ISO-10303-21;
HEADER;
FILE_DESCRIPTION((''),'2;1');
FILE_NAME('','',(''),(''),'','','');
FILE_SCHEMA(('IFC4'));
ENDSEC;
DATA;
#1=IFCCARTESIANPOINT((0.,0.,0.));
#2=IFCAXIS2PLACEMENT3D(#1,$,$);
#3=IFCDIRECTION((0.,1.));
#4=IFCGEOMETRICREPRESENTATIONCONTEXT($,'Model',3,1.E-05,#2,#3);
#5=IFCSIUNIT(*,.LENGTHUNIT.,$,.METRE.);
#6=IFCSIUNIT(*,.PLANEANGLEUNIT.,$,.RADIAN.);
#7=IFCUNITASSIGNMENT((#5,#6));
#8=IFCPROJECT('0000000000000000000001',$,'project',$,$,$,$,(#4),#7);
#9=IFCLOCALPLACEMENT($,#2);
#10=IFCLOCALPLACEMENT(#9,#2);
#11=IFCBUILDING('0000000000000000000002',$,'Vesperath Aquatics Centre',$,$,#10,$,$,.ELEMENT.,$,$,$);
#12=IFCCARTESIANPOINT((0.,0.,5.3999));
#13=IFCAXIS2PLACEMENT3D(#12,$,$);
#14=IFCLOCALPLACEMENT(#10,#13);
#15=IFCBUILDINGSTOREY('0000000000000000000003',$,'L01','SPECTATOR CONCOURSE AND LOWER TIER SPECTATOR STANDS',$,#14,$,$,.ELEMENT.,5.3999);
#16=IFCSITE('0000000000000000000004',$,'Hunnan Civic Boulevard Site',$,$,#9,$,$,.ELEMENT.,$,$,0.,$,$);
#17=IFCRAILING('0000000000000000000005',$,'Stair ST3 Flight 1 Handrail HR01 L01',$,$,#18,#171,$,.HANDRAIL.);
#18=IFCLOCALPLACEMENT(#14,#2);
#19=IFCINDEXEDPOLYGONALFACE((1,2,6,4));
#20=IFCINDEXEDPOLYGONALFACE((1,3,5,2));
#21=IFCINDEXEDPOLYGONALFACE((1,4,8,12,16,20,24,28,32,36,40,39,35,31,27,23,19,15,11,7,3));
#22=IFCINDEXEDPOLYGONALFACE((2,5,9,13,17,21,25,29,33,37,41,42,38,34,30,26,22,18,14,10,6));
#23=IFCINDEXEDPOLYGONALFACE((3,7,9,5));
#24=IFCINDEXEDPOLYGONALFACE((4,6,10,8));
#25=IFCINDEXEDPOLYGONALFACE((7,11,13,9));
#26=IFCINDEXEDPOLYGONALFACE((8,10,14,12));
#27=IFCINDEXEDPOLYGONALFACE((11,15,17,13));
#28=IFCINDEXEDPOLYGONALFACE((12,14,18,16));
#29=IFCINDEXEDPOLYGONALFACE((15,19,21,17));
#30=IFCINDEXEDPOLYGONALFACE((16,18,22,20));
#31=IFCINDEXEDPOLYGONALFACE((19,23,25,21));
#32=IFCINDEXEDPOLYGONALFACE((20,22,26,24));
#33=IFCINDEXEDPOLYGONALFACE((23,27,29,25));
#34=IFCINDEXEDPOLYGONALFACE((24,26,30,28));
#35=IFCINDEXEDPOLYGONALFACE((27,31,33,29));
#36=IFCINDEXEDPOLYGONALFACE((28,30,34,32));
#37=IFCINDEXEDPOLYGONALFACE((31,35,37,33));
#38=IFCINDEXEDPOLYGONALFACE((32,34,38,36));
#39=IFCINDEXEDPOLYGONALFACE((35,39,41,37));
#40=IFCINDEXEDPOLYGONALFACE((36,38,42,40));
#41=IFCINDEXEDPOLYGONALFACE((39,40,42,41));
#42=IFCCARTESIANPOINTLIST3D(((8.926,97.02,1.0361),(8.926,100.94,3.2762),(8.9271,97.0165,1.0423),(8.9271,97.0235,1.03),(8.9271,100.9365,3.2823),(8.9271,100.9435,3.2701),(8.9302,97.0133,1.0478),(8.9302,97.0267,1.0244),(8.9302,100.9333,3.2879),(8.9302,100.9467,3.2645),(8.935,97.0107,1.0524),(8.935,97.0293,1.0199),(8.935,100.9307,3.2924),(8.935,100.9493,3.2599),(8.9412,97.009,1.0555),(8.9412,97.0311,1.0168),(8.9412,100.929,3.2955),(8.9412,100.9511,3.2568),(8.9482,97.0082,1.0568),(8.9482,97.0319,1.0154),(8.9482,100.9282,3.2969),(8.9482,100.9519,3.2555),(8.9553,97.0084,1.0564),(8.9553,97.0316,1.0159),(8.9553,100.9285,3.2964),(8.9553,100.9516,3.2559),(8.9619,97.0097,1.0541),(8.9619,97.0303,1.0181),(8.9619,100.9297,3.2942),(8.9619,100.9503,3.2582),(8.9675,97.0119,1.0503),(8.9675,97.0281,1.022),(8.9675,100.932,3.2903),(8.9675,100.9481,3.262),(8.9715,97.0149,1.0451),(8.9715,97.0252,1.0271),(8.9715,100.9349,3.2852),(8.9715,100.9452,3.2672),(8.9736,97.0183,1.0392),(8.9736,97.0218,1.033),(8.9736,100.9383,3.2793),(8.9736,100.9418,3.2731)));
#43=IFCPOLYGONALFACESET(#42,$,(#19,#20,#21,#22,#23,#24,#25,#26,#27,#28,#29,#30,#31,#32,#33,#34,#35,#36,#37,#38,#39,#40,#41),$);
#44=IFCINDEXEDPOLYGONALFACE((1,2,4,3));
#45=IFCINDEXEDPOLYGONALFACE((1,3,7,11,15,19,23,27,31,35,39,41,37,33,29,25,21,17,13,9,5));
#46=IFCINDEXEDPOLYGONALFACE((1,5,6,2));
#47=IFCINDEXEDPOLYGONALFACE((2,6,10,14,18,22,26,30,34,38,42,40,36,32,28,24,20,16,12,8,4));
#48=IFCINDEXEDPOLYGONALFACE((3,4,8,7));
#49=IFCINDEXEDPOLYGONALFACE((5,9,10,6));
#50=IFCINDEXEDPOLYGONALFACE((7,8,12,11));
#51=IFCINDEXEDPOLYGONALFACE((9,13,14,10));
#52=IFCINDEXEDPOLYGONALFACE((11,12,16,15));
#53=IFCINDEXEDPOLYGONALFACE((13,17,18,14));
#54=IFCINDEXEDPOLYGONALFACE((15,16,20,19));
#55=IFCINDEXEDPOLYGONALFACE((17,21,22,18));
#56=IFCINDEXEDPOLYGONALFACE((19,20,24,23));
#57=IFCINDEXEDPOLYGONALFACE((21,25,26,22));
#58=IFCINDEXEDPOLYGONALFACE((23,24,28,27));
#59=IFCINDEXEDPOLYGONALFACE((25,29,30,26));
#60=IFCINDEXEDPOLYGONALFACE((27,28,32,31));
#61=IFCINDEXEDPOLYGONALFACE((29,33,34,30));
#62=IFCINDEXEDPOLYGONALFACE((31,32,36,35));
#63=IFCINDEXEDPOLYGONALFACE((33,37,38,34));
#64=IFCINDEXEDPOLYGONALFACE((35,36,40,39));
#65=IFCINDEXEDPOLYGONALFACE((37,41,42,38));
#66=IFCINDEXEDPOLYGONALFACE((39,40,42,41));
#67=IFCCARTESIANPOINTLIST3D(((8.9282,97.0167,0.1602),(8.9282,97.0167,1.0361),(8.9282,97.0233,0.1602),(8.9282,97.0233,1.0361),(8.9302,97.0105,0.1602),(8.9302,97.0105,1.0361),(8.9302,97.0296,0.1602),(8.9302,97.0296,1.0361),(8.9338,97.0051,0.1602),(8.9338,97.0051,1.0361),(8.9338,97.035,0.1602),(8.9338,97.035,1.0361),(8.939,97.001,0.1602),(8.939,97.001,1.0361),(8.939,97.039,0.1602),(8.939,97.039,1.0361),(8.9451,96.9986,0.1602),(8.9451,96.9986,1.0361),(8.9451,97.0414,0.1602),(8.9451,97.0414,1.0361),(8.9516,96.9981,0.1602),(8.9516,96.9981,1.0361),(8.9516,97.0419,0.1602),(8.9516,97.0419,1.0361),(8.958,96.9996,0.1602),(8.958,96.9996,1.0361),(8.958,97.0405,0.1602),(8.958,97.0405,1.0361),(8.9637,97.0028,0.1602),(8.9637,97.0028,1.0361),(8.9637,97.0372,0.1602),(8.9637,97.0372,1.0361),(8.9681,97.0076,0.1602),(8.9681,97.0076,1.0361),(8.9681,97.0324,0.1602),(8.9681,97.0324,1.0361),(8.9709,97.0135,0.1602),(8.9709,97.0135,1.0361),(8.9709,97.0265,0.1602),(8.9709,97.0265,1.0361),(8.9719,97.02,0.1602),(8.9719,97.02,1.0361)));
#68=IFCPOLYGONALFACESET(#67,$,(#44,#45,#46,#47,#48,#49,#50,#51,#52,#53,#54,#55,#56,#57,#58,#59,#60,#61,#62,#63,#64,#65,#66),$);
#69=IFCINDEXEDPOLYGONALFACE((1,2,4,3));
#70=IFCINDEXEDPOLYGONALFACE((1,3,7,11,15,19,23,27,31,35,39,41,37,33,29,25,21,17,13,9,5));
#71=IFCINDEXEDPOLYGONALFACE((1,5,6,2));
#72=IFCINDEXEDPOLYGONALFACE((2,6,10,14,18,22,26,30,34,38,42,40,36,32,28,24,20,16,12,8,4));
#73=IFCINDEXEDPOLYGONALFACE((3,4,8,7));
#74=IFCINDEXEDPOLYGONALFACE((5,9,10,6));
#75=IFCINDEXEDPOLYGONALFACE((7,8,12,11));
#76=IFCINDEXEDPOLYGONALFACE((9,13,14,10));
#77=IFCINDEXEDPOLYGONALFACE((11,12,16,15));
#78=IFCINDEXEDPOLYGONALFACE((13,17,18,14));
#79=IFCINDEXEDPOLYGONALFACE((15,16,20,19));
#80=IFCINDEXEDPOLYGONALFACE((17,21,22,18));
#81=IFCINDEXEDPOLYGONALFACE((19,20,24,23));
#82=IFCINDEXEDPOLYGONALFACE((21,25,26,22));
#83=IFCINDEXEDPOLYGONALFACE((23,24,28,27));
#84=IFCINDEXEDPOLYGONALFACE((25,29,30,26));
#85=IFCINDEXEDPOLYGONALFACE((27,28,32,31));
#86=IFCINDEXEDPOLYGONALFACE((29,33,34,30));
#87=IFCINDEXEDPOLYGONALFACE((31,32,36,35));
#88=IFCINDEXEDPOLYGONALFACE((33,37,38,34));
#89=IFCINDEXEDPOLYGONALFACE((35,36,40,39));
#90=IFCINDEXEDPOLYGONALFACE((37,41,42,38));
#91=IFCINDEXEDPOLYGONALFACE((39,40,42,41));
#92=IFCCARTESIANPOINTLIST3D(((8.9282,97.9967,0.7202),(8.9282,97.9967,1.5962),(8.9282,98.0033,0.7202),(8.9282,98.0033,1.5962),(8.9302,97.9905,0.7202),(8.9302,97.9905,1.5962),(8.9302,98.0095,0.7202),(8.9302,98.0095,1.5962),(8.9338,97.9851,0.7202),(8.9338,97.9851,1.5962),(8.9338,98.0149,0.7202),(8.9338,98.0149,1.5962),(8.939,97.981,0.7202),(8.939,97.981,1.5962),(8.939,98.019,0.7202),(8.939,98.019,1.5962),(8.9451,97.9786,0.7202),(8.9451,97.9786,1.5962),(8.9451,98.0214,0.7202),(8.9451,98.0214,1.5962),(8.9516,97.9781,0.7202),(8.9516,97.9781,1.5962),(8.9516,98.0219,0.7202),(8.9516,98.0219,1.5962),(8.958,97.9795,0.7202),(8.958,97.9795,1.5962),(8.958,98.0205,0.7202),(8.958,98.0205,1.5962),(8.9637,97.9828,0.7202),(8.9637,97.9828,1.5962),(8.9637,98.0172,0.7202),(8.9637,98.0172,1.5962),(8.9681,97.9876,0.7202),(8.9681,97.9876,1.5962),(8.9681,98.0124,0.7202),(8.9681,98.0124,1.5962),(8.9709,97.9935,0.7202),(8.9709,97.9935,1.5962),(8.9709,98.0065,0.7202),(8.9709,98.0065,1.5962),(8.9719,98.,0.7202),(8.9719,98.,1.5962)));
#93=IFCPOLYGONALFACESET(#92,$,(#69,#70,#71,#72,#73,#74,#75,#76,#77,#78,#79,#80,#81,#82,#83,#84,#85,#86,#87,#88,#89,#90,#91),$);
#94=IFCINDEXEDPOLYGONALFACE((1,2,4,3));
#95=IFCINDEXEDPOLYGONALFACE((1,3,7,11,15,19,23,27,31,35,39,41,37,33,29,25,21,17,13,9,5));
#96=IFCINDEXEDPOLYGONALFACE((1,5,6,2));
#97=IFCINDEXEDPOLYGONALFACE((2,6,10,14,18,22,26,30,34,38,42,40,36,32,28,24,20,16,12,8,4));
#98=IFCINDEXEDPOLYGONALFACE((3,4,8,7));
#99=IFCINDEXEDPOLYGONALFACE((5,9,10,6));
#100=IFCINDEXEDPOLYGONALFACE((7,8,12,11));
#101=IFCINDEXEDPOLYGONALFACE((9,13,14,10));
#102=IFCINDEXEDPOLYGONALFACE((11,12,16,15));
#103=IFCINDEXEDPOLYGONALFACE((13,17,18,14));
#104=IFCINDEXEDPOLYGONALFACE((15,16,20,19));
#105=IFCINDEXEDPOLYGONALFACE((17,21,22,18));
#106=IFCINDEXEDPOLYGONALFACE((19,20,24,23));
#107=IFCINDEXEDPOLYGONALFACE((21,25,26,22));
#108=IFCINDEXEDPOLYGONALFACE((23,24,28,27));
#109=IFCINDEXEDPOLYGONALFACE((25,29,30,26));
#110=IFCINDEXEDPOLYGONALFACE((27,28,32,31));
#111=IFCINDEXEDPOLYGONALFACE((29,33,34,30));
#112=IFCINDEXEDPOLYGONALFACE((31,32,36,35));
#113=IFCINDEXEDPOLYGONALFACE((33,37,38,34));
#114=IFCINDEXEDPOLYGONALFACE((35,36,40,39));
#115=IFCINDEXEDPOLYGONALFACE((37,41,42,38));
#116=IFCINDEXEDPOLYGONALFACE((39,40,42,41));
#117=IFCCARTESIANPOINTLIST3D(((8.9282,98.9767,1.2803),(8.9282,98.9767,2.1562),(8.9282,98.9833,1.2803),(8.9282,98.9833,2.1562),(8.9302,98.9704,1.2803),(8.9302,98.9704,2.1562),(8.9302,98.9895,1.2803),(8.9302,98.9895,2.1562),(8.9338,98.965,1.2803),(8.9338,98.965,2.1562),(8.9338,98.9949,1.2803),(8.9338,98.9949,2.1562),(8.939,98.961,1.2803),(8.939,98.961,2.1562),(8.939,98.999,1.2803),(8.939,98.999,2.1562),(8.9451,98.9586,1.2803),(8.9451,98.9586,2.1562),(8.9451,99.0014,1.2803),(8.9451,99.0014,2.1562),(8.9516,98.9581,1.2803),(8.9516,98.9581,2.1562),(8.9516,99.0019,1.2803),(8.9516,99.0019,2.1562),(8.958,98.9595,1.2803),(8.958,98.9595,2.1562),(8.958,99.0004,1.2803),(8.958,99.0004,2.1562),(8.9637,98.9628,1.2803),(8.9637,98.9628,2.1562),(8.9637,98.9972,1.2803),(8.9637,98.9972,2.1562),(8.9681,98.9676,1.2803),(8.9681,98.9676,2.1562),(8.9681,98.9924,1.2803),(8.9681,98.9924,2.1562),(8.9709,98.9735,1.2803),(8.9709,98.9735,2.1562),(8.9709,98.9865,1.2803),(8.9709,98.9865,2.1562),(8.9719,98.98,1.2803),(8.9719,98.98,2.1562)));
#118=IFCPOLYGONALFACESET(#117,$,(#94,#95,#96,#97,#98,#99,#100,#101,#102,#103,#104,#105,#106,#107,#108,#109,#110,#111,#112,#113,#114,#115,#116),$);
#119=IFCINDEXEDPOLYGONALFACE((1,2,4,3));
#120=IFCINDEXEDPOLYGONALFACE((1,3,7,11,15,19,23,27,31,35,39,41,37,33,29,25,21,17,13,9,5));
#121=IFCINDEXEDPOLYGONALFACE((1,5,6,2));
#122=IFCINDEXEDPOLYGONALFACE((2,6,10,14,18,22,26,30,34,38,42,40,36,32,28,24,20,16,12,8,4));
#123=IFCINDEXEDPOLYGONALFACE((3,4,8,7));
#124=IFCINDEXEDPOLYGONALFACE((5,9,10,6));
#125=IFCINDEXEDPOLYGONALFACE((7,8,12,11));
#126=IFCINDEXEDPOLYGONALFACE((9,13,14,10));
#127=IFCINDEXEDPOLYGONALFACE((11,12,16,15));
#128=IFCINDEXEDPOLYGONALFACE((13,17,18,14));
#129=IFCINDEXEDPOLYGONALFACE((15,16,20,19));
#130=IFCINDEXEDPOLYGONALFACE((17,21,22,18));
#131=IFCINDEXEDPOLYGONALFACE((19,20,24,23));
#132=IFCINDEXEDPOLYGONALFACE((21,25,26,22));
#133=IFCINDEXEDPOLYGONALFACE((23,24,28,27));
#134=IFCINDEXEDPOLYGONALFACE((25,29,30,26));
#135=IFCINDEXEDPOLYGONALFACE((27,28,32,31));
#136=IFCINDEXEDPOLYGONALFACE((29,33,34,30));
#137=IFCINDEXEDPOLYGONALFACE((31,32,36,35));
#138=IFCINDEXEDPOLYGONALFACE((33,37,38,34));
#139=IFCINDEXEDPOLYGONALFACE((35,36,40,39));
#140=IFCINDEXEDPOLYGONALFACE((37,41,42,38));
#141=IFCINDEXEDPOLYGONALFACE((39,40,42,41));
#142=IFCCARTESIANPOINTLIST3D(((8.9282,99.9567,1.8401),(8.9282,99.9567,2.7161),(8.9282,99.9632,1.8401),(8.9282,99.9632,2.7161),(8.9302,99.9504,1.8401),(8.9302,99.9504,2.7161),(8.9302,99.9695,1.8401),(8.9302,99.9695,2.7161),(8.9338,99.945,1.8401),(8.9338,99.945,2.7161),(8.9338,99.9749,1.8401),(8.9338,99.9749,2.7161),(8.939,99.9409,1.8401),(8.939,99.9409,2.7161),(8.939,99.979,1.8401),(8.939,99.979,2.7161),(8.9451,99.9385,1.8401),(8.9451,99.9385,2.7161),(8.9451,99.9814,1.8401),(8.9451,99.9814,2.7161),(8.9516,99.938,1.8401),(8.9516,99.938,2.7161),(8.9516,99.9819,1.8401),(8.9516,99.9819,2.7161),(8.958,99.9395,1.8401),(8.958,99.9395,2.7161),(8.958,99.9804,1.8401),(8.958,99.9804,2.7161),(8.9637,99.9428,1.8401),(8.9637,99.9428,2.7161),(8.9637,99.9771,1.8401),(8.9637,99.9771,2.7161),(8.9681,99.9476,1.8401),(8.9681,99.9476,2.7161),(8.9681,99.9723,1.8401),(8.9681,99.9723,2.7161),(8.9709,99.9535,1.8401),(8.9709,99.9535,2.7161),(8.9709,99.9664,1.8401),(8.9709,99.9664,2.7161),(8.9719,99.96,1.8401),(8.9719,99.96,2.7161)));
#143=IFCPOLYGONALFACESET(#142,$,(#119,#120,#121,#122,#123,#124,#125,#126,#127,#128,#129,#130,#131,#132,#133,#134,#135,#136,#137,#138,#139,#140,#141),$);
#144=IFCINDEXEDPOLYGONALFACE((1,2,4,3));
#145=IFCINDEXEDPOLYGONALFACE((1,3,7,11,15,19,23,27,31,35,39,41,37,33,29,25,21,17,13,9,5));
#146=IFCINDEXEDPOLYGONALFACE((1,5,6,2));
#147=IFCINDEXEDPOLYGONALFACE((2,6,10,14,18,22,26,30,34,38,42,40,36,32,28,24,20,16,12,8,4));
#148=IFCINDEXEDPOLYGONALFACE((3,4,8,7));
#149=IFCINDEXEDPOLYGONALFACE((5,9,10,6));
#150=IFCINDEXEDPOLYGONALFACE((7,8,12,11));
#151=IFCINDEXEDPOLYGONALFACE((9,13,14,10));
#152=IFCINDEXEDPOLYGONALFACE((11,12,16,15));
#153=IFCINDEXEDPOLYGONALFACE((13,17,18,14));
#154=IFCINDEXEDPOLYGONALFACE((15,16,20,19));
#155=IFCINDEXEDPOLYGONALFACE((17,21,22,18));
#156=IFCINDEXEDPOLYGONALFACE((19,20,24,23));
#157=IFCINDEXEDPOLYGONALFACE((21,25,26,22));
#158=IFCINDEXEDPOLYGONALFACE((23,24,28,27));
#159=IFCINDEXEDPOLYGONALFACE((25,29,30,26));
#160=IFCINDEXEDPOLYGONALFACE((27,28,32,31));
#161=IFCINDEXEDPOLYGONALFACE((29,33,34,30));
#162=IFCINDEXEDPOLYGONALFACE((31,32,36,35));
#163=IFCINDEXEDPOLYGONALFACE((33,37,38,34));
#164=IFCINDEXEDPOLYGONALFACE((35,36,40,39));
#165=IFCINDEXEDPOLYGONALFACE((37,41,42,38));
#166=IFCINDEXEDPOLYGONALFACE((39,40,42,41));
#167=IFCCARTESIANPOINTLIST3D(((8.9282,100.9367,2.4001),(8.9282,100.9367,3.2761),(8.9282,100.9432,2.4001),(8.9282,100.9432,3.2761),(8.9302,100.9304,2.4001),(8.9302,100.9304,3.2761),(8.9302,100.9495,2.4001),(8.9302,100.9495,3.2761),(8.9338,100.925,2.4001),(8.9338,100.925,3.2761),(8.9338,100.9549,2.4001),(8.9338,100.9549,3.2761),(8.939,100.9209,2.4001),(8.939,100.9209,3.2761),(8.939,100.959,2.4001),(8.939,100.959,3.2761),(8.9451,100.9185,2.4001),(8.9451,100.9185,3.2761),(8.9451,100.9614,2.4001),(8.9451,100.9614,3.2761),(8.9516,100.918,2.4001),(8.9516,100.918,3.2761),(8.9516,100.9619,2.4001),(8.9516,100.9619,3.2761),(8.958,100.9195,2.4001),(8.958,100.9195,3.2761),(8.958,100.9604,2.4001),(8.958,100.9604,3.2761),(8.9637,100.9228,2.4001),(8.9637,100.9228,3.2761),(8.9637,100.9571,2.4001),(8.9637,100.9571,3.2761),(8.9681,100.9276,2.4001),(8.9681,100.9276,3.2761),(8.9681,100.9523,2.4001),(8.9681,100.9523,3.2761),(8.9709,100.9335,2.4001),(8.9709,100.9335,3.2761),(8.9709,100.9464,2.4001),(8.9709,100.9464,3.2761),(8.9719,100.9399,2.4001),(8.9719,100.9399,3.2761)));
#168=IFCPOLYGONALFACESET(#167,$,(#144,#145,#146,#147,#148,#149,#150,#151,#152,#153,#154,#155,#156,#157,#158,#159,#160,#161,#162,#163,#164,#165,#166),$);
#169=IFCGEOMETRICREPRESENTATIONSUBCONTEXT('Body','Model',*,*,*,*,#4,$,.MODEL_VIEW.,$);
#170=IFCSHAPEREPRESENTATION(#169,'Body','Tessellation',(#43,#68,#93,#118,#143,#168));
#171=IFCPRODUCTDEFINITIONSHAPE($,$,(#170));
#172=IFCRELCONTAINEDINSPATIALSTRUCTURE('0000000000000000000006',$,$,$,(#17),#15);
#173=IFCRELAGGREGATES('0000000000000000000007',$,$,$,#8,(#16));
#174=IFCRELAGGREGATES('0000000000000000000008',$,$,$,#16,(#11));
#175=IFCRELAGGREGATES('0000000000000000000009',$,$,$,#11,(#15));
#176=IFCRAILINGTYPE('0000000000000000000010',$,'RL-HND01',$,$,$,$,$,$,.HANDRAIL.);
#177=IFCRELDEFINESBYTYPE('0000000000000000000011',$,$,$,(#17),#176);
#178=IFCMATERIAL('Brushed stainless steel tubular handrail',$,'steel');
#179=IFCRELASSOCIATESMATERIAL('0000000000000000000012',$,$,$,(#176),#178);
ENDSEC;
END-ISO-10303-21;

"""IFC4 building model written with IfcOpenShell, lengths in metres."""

from ifc_helpers import new_model, si_unit, direction, frame, origin, origin_2d, place, context, subcontext, project, spatial, circle, extrude, material, type_object, element, save


model = new_model("IFC4")

# Units and contexts
model_context = context("Model", 3, precision=1e-05, world=origin(), true_north=direction((0.0, 1.0)))
body_context = subcontext(model_context, "Body", "Model", "MODEL_VIEW")
ifc_project = project(units=[si_unit("LENGTHUNIT", "METRE"), si_unit("PLANEANGLEUNIT", "RADIAN")], contexts=[model_context])

# Site, building, storey
site_placement = place(None, origin())
site = spatial("IfcSite", under=ifc_project, at=site_placement, Name="Hunnan Civic Boulevard Site", CompositionType="ELEMENT", RefElevation=0.0)
building_placement = place(site_placement, origin())
building = spatial("IfcBuilding", under=site, at=building_placement, Name="Vesperath Aquatics Centre", CompositionType="ELEMENT")
storey_placement = place(building_placement, frame((0.0, 0.0, 5.3999)))
storey = spatial("IfcBuildingStorey", under=building, at=storey_placement, Name="L01", Description="SPECTATOR CONCOURSE AND LOWER TIER SPECTATOR STANDS", CompositionType="ELEMENT", Elevation=5.3999)

# Railing
ifc_material_1 = material(Name="Brushed stainless steel tubular handrail", Category="steel")
railing_type_1 = type_object("IfcRailingType", Name="RL-HND01", PredefinedType="HANDRAIL", material=ifc_material_1)
railing_1_placement = place(storey_placement, frame((8.95, 97.02, 0.1602)))
element("IfcRailing", 1, at=railing_1_placement, inside=storey, type_object=railing_type_1, Name="Stair ST3 Flight 1 Handrail HR01 L01", PredefinedType="HANDRAIL", context=body_context, shape_type="SweptSolid", body=[
    extrude(circle(Radius=0.0239, at=origin_2d()), frame((0.0, 0.0, 0.876), z_axis=(0.0, 0.86824, 0.496145), x_axis=(-1.0, 0.0, 0.0)), (0.0, 0.0, 1.0), 4.5149),
    extrude(circle(Radius=0.022, at=origin_2d()), origin(), (0.0, 0.0, 1.0), 0.876),
    extrude(circle(Radius=0.022, at=origin_2d()), frame((0.0, 0.98, 0.5601)), (0.0, 0.0, 1.0), 0.876),
    extrude(circle(Radius=0.022, at=origin_2d()), frame((0.0, 1.96, 1.1201)), (0.0, 0.0, 1.0), 0.876),
    extrude(circle(Radius=0.022, at=origin_2d()), frame((0.0, 2.9399, 1.6799)), (0.0, 0.0, 1.0), 0.876),
    extrude(circle(Radius=0.022, at=origin_2d()), frame((0.0, 3.9199, 2.24)), (0.0, 0.0, 1.0), 0.876),
])

save(model, "model.ifc")
